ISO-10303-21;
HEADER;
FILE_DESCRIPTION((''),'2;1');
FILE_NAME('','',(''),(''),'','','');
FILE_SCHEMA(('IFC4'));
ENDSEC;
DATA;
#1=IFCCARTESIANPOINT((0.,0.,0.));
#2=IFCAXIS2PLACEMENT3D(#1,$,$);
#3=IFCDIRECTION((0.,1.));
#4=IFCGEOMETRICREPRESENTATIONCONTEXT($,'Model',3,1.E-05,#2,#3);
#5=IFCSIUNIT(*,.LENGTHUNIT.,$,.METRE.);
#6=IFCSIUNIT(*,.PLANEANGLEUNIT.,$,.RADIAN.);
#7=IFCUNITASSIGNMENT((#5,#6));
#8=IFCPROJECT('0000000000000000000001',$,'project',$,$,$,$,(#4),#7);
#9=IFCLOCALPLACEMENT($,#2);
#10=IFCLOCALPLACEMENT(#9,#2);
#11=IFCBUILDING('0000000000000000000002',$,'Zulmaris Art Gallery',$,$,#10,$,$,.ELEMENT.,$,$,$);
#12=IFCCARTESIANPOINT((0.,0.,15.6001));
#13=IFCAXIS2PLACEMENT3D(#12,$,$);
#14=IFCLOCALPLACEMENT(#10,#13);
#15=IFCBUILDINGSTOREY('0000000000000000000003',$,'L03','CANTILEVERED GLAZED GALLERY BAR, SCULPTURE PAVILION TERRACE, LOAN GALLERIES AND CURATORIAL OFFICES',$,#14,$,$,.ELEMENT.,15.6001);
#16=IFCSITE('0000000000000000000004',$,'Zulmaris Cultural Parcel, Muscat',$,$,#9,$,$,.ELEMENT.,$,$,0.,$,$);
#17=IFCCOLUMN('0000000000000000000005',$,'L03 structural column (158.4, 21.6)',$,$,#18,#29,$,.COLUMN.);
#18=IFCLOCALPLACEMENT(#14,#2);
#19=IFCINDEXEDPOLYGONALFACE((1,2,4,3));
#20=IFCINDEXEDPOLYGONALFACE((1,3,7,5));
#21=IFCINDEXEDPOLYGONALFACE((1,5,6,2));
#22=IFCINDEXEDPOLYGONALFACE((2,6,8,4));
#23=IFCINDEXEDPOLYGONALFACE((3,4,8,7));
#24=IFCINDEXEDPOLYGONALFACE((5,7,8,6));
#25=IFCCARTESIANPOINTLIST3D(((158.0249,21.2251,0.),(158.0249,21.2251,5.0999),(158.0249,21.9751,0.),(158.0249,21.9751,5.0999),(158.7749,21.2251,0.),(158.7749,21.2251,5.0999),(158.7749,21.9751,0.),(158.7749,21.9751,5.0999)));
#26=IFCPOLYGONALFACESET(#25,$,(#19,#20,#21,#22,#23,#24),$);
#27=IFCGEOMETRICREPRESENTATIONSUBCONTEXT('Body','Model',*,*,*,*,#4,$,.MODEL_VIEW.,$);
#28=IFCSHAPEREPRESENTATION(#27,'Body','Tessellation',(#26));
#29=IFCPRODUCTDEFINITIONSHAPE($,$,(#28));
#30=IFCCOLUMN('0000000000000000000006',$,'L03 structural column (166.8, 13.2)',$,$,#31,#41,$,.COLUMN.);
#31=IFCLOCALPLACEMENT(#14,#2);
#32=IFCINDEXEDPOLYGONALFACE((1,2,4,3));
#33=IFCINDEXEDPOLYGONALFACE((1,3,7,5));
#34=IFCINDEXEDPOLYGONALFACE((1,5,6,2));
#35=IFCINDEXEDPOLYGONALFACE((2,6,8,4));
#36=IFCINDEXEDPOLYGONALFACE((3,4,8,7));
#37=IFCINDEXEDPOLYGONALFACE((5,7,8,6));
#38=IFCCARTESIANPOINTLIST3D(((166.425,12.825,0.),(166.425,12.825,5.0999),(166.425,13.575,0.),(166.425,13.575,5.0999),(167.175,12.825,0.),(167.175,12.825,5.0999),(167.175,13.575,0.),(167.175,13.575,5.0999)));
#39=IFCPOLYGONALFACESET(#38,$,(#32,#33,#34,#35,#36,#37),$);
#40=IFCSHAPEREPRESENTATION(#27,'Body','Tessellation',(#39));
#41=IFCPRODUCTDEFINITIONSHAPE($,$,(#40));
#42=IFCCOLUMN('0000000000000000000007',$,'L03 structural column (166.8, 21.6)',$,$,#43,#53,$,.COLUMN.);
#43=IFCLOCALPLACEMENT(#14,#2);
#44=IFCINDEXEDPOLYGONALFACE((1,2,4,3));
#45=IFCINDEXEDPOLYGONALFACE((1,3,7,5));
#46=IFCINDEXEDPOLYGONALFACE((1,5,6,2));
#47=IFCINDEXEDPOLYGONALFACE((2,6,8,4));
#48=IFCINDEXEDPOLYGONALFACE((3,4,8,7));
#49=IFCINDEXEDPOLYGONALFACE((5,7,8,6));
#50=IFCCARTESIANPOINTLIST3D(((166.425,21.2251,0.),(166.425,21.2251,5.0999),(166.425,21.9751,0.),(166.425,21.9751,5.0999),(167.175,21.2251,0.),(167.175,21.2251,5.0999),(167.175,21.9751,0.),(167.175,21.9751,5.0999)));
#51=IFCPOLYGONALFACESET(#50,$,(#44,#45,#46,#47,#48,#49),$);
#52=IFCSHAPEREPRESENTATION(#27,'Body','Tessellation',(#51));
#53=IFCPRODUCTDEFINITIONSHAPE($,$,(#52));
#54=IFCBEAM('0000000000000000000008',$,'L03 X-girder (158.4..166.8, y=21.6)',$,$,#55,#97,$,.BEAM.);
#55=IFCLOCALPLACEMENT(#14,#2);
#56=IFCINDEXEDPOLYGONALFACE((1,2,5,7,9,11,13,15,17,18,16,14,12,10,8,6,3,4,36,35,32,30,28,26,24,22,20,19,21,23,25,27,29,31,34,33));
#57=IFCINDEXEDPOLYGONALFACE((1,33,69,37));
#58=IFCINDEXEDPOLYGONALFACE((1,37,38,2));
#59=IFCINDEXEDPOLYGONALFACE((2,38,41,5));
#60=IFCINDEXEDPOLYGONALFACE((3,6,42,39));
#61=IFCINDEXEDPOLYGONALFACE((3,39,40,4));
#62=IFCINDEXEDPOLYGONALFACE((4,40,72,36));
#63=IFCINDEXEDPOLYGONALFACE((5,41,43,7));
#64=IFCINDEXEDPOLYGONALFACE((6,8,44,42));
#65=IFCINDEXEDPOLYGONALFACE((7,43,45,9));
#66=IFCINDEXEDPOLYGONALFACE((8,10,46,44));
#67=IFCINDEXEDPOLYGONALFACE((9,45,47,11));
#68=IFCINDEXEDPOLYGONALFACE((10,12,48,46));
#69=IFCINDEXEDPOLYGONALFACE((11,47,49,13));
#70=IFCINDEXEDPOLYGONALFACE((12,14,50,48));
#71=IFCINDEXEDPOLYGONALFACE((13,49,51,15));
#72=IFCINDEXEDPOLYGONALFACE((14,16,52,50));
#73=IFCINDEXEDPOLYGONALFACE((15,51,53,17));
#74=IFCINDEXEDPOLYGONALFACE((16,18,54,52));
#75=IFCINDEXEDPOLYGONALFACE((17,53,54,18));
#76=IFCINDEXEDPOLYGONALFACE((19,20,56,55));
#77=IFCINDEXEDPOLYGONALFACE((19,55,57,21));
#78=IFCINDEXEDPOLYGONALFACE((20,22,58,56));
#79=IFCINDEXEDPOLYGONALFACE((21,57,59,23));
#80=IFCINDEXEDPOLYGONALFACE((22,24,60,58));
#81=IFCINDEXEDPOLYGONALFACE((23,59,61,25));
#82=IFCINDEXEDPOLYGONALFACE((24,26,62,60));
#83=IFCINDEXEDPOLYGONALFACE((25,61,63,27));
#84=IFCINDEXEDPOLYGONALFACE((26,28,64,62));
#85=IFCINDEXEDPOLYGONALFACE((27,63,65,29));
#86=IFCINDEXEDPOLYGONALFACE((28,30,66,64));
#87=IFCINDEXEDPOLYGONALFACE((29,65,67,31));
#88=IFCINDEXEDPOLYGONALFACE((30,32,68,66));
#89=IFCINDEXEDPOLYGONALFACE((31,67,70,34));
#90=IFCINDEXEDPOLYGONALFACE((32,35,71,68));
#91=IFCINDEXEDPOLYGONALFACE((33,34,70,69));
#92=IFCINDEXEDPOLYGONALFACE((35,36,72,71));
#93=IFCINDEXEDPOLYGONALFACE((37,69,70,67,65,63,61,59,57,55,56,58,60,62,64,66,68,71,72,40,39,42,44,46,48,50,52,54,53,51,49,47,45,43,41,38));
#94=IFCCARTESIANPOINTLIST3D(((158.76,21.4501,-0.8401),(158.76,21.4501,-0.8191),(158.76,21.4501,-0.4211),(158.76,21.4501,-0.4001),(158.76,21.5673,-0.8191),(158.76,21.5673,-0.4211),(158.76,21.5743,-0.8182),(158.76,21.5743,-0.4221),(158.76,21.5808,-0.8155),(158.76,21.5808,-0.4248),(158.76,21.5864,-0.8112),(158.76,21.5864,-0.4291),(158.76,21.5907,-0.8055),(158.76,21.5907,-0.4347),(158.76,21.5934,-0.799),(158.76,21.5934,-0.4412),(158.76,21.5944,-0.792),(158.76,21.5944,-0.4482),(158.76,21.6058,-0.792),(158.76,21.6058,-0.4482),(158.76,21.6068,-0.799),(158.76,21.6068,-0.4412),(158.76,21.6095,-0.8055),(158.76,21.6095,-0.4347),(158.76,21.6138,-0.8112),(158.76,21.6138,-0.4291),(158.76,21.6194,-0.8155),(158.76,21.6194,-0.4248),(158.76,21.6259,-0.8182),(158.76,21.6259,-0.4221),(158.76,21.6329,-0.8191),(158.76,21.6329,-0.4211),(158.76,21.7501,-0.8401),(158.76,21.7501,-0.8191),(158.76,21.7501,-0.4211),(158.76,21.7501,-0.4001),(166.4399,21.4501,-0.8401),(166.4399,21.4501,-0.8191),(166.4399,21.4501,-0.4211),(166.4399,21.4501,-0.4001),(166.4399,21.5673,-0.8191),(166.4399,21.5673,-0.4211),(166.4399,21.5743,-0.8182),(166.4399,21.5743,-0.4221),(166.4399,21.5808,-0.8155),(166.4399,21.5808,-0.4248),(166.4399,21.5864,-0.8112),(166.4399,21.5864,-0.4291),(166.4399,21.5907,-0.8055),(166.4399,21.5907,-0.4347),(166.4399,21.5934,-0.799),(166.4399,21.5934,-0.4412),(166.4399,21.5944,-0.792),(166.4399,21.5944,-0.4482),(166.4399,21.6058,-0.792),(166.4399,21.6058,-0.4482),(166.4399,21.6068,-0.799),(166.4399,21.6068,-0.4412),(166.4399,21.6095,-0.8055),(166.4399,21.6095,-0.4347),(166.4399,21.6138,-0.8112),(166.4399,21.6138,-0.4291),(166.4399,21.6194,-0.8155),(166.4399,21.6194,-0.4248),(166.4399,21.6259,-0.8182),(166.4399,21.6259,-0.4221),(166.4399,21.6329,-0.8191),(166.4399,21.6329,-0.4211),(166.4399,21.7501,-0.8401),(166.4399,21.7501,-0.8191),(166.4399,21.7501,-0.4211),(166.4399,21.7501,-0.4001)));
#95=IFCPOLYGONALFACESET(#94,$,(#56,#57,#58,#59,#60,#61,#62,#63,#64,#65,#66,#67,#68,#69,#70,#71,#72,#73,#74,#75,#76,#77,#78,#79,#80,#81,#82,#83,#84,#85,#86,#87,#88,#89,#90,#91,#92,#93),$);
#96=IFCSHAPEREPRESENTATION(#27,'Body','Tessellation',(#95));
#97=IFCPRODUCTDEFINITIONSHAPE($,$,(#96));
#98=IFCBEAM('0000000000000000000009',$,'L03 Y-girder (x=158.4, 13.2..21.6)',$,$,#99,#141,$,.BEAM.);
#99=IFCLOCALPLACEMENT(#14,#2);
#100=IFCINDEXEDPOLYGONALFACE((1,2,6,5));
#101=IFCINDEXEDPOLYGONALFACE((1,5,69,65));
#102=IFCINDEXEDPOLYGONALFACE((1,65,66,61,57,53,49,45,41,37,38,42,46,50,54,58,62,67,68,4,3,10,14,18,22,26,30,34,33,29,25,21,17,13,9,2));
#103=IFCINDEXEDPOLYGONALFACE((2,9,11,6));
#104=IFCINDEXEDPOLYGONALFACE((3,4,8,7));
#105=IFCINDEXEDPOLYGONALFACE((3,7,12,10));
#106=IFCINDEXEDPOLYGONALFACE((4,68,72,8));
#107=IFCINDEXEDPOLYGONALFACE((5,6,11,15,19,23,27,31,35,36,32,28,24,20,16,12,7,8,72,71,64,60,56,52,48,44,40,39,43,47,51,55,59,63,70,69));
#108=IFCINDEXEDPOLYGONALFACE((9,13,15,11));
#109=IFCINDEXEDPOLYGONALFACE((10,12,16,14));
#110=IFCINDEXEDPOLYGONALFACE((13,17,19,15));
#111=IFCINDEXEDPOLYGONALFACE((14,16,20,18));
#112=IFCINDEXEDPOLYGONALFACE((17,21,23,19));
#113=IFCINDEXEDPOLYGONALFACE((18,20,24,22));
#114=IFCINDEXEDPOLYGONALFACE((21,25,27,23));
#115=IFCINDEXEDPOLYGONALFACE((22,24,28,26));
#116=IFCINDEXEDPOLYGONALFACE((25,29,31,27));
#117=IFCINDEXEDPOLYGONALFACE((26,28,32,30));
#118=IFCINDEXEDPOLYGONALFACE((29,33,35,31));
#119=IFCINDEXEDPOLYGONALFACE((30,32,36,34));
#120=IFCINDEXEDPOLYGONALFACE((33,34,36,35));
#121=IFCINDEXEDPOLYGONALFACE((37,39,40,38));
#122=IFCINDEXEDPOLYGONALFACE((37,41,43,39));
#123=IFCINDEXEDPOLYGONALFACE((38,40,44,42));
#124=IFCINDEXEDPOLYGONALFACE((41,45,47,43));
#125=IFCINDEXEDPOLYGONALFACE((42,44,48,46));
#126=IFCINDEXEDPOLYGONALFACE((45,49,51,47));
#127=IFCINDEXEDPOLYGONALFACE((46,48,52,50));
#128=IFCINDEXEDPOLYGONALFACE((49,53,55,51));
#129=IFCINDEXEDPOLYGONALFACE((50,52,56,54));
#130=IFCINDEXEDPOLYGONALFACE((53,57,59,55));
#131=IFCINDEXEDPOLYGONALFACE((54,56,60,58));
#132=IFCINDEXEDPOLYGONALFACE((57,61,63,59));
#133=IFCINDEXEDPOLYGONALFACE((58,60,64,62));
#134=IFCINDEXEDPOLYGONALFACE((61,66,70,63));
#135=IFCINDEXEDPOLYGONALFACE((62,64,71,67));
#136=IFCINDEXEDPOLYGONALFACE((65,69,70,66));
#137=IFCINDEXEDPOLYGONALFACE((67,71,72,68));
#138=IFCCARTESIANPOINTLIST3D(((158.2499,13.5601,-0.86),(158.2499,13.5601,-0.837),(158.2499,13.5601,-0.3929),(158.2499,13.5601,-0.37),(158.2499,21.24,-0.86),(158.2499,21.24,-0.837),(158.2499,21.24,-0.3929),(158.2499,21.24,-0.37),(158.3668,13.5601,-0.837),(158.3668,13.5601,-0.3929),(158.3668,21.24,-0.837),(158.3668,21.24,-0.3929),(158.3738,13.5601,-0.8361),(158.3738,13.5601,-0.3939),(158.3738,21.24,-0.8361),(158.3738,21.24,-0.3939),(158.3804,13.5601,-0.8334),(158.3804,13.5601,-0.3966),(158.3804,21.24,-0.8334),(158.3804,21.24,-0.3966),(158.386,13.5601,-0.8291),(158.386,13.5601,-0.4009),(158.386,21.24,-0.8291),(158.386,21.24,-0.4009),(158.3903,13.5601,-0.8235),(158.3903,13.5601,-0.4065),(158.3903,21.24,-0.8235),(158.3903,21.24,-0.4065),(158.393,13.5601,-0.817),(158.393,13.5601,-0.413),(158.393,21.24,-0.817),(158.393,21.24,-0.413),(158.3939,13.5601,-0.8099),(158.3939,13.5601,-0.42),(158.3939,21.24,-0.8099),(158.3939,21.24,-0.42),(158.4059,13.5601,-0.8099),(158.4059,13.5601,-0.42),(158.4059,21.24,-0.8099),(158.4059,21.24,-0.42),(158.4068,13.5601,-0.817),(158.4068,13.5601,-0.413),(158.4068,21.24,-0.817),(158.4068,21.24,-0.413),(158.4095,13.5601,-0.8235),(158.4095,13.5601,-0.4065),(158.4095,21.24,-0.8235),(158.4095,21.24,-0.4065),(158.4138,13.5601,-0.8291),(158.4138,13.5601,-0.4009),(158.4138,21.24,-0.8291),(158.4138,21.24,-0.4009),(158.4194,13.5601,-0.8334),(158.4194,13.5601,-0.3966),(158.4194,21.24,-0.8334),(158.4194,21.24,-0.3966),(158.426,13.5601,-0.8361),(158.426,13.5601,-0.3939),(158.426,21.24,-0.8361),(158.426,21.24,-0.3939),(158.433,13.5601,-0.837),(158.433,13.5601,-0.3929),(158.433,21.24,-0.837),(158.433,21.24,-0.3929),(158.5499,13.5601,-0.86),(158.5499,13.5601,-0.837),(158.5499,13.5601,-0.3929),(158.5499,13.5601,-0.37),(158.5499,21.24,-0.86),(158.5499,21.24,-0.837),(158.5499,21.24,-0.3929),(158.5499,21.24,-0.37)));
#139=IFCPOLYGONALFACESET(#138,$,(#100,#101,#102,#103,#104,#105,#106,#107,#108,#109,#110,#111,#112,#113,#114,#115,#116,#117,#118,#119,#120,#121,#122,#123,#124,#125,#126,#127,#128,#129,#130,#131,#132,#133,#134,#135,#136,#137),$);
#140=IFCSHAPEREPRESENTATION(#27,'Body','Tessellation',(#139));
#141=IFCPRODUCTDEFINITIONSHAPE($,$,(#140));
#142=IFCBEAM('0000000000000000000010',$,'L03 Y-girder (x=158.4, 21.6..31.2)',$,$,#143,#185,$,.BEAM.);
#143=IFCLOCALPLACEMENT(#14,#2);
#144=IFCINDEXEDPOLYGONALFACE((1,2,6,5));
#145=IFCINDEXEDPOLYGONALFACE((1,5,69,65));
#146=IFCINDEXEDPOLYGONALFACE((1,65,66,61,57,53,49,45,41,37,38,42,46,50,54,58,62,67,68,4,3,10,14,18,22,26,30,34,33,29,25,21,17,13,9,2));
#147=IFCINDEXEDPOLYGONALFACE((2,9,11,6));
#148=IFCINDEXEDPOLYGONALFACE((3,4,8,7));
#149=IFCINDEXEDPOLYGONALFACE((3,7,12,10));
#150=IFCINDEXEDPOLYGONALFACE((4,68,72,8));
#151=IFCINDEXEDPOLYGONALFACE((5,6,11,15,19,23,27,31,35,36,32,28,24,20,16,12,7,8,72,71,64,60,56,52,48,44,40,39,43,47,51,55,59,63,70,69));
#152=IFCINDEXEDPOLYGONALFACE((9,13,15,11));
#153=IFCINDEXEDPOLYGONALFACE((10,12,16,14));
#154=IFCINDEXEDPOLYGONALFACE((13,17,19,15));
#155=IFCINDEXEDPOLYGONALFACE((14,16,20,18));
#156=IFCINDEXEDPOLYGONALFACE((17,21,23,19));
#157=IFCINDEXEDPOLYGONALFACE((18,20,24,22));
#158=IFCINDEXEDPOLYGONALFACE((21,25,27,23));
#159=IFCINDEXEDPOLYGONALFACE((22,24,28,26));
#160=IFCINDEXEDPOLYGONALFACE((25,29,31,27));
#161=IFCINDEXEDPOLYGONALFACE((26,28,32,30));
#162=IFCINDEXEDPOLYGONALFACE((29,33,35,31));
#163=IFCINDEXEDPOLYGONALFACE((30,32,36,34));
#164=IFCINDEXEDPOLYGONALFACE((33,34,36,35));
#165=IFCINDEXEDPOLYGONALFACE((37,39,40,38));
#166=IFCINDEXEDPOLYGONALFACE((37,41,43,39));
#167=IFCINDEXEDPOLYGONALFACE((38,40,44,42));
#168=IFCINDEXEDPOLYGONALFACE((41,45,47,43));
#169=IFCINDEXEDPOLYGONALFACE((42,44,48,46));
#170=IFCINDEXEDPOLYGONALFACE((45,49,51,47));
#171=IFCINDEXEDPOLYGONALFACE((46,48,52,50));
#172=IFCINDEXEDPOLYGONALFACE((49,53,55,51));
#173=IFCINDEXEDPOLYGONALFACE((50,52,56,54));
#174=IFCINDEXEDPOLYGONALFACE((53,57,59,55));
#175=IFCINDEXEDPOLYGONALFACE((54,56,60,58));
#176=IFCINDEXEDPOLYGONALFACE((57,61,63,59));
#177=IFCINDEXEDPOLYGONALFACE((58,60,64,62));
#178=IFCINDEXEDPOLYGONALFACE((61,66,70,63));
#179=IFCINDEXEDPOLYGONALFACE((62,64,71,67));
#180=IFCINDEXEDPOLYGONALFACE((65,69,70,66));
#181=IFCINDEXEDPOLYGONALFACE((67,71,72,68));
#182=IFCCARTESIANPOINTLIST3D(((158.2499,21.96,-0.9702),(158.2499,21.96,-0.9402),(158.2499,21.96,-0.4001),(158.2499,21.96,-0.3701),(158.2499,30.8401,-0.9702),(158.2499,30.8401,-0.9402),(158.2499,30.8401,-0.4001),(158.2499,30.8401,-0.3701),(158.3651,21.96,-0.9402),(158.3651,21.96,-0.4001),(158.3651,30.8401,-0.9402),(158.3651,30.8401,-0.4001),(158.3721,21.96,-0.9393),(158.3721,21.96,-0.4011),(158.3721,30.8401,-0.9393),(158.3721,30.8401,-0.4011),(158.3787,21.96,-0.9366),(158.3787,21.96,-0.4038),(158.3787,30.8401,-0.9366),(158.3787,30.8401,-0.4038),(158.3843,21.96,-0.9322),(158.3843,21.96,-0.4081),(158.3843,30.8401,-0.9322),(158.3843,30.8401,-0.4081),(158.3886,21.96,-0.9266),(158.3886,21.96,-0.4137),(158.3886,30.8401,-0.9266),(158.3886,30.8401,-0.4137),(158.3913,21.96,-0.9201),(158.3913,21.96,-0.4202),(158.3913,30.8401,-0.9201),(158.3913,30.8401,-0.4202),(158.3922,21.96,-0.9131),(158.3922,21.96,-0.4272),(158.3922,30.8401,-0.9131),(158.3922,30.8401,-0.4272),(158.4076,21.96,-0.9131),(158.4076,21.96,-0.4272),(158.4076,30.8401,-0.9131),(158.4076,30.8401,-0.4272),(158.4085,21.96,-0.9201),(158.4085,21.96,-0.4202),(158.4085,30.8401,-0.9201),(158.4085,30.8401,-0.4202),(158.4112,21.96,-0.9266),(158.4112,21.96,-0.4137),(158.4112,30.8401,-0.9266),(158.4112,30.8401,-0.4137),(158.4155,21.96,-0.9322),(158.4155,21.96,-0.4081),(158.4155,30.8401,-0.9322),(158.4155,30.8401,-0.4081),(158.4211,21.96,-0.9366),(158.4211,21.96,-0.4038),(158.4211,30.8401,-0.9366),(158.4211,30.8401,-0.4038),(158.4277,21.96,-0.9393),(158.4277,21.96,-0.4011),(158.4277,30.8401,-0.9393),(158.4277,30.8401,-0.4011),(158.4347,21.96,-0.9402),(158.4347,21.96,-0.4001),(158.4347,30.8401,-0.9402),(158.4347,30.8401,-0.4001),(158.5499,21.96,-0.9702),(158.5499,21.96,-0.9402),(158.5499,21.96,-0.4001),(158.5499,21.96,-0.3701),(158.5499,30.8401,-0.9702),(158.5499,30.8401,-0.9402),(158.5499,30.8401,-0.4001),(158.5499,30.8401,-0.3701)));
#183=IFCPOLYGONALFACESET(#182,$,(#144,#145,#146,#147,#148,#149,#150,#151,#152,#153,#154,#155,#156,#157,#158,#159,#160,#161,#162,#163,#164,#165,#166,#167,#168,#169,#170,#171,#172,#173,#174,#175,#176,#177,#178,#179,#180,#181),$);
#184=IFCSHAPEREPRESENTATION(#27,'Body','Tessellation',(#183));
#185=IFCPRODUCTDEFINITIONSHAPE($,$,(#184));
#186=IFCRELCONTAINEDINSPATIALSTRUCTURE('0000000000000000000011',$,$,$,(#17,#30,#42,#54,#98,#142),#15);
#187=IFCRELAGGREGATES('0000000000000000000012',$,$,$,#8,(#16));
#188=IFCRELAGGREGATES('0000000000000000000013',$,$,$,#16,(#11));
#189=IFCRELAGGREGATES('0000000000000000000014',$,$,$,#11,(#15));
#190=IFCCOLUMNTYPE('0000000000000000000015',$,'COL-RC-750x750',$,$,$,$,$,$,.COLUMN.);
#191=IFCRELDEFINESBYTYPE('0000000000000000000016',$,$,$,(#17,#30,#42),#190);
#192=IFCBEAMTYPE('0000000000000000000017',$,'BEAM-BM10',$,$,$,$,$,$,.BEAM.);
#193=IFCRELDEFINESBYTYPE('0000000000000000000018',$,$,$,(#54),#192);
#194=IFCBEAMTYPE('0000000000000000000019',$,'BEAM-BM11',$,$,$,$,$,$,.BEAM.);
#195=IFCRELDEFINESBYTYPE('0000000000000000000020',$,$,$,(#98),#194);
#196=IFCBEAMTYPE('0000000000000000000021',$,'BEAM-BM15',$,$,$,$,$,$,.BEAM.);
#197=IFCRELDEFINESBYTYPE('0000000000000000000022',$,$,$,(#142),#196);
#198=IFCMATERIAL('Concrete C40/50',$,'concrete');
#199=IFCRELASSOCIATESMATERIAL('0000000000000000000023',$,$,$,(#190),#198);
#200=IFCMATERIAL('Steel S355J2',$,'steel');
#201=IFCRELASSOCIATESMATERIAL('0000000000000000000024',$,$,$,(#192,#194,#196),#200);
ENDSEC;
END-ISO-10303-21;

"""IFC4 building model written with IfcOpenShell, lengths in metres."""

from ifc_helpers import new_model, si_unit, direction, frame, origin, origin_2d, place, context, subcontext, project, spatial, rectangle, i_section, extrude, material, material_profile, profile_set, type_object, element, save


model = new_model("IFC4")

# Units and contexts
model_context = context("Model", 3, precision=1e-05, world=origin(), true_north=direction((0.0, 1.0)))
body_context = subcontext(model_context, "Body", "Model", "MODEL_VIEW")
ifc_project = project(units=[si_unit("LENGTHUNIT", "METRE"), si_unit("PLANEANGLEUNIT", "RADIAN")], contexts=[model_context])

# Site, building, storey
site_placement = place(None, origin())
site = spatial("IfcSite", under=ifc_project, at=site_placement, Name="Zulmaris Cultural Parcel, Muscat", CompositionType="ELEMENT", RefElevation=0.0)
building_placement = place(site_placement, origin())
building = spatial("IfcBuilding", under=site, at=building_placement, Name="Zulmaris Art Gallery", CompositionType="ELEMENT")
storey_placement = place(building_placement, frame((0.0, 0.0, 15.6001)))
storey = spatial("IfcBuildingStorey", under=building, at=storey_placement, Name="L03", Description="CANTILEVERED GLAZED GALLERY BAR, SCULPTURE PAVILION TERRACE, LOAN GALLERIES AND CURATORIAL OFFICES", CompositionType="ELEMENT", Elevation=15.6001)

# Columns
ifc_material_1 = material(Name="Concrete C40/50", Category="concrete")
ifc_material_profile_1 = material_profile(ifc_material_1, rectangle(XDim=0.75, YDim=0.75, at=origin_2d()), Name="RC 750x750")
ifc_profile_set_1 = profile_set([ifc_material_profile_1], Name="Concrete C40/50")
column_type = type_object("IfcColumnType", Name="COL-RC-750x750", PredefinedType="COLUMN", material=ifc_profile_set_1)
for number, where, z_axis, x_axis, name in (
    (1, (158.3999, 21.6001, 0.0), (0.0, 0.0, 1.0), (1.0, 0.0, 0.0), "L03 structural column (158.4, 21.6)"),
    (2, (166.8, 13.2, 0.0), (0.0, 0.0, 1.0), (1.0, 0.0, 0.0), "L03 structural column (166.8, 13.2)"),
    (3, (166.8, 21.6001, 0.0), (0.0, 0.0, 1.0), (1.0, 0.0, 0.0), "L03 structural column (166.8, 21.6)"),
):
    element("IfcColumn", number, at=place(storey_placement, frame(where, z_axis=z_axis, x_axis=x_axis)), inside=storey, type_object=column_type, Name=name, PredefinedType="COLUMN", context=body_context, shape_type="SweptSolid", body=[
        extrude(rectangle(XDim=0.75, YDim=0.75, at=origin_2d()), origin(), (0.0, 0.0, 1.0), 5.0999),
    ])

# Beams
ifc_material_2 = material(Name="Steel S355J2", Category="steel")
ifc_material_profile_2 = material_profile(ifc_material_2, i_section(OverallWidth=0.3, OverallDepth=0.4399, WebThickness=0.0115, FlangeThickness=0.021, FilletRadius=0.0271, at=origin_2d()), Name="HEA 450")
ifc_profile_set_2 = profile_set([ifc_material_profile_2], Name="Steel S355J2")
beam_type_1 = type_object("IfcBeamType", Name="BEAM-BM10", PredefinedType="BEAM", material=ifc_profile_set_2)
beam_1_placement = place(storey_placement, frame((158.76, 21.6001, -0.6201), z_axis=(1.0, 0.0, 0.0), x_axis=(0.0, 1.0, 0.0)))
element("IfcBeam", 4, at=beam_1_placement, inside=storey, type_object=beam_type_1, Name="L03 X-girder (158.4..166.8, y=21.6)", PredefinedType="BEAM", context=body_context, shape_type="SweptSolid", body=[
    extrude(i_section(OverallWidth=0.3, OverallDepth=0.4399, WebThickness=0.0115, FlangeThickness=0.021, FilletRadius=0.0271, at=origin_2d()), origin(), (0.0, 0.0, 1.0), 7.6799),
])
ifc_material_profile_3 = material_profile(ifc_material_2, i_section(OverallWidth=0.3, OverallDepth=0.49, WebThickness=0.012, FlangeThickness=0.0229, FilletRadius=0.0271, at=origin_2d()), Name="HEA 500")
ifc_profile_set_3 = profile_set([ifc_material_profile_3], Name="Steel S355J2")
beam_type_2 = type_object("IfcBeamType", Name="BEAM-BM11", PredefinedType="BEAM", material=ifc_profile_set_3)
beam_2_placement = place(storey_placement, frame((158.3999, 13.5601, -0.615), z_axis=(0.0, 1.0, 0.0), x_axis=(-1.0, 0.0, 0.0)))
element("IfcBeam", 5, at=beam_2_placement, inside=storey, type_object=beam_type_2, Name="L03 Y-girder (x=158.4, 13.2..21.6)", PredefinedType="BEAM", context=body_context, shape_type="SweptSolid", body=[
    extrude(i_section(OverallWidth=0.3, OverallDepth=0.49, WebThickness=0.012, FlangeThickness=0.0229, FilletRadius=0.0271, at=origin_2d()), origin(), (0.0, 0.0, 1.0), 7.6799),
])
ifc_material_profile_4 = material_profile(ifc_material_2, i_section(OverallWidth=0.3, OverallDepth=0.6001, WebThickness=0.0154, FlangeThickness=0.03, FilletRadius=0.0271, at=origin_2d()), Name="HEB 600")
ifc_profile_set_4 = profile_set([ifc_material_profile_4], Name="Steel S355J2")
beam_type_3 = type_object("IfcBeamType", Name="BEAM-BM15", PredefinedType="BEAM", material=ifc_profile_set_4)
beam_3_placement = place(storey_placement, frame((158.3999, 21.96, -0.6702), z_axis=(0.0, 1.0, 0.0), x_axis=(-1.0, 0.0, 0.0)))
element("IfcBeam", 6, at=beam_3_placement, inside=storey, type_object=beam_type_3, Name="L03 Y-girder (x=158.4, 21.6..31.2)", PredefinedType="BEAM", context=body_context, shape_type="SweptSolid", body=[
    extrude(i_section(OverallWidth=0.3, OverallDepth=0.6001, WebThickness=0.0154, FlangeThickness=0.03, FilletRadius=0.0271, at=origin_2d()), origin(), (0.0, 0.0, 1.0), 8.8801),
])

save(model, "model.ifc")
